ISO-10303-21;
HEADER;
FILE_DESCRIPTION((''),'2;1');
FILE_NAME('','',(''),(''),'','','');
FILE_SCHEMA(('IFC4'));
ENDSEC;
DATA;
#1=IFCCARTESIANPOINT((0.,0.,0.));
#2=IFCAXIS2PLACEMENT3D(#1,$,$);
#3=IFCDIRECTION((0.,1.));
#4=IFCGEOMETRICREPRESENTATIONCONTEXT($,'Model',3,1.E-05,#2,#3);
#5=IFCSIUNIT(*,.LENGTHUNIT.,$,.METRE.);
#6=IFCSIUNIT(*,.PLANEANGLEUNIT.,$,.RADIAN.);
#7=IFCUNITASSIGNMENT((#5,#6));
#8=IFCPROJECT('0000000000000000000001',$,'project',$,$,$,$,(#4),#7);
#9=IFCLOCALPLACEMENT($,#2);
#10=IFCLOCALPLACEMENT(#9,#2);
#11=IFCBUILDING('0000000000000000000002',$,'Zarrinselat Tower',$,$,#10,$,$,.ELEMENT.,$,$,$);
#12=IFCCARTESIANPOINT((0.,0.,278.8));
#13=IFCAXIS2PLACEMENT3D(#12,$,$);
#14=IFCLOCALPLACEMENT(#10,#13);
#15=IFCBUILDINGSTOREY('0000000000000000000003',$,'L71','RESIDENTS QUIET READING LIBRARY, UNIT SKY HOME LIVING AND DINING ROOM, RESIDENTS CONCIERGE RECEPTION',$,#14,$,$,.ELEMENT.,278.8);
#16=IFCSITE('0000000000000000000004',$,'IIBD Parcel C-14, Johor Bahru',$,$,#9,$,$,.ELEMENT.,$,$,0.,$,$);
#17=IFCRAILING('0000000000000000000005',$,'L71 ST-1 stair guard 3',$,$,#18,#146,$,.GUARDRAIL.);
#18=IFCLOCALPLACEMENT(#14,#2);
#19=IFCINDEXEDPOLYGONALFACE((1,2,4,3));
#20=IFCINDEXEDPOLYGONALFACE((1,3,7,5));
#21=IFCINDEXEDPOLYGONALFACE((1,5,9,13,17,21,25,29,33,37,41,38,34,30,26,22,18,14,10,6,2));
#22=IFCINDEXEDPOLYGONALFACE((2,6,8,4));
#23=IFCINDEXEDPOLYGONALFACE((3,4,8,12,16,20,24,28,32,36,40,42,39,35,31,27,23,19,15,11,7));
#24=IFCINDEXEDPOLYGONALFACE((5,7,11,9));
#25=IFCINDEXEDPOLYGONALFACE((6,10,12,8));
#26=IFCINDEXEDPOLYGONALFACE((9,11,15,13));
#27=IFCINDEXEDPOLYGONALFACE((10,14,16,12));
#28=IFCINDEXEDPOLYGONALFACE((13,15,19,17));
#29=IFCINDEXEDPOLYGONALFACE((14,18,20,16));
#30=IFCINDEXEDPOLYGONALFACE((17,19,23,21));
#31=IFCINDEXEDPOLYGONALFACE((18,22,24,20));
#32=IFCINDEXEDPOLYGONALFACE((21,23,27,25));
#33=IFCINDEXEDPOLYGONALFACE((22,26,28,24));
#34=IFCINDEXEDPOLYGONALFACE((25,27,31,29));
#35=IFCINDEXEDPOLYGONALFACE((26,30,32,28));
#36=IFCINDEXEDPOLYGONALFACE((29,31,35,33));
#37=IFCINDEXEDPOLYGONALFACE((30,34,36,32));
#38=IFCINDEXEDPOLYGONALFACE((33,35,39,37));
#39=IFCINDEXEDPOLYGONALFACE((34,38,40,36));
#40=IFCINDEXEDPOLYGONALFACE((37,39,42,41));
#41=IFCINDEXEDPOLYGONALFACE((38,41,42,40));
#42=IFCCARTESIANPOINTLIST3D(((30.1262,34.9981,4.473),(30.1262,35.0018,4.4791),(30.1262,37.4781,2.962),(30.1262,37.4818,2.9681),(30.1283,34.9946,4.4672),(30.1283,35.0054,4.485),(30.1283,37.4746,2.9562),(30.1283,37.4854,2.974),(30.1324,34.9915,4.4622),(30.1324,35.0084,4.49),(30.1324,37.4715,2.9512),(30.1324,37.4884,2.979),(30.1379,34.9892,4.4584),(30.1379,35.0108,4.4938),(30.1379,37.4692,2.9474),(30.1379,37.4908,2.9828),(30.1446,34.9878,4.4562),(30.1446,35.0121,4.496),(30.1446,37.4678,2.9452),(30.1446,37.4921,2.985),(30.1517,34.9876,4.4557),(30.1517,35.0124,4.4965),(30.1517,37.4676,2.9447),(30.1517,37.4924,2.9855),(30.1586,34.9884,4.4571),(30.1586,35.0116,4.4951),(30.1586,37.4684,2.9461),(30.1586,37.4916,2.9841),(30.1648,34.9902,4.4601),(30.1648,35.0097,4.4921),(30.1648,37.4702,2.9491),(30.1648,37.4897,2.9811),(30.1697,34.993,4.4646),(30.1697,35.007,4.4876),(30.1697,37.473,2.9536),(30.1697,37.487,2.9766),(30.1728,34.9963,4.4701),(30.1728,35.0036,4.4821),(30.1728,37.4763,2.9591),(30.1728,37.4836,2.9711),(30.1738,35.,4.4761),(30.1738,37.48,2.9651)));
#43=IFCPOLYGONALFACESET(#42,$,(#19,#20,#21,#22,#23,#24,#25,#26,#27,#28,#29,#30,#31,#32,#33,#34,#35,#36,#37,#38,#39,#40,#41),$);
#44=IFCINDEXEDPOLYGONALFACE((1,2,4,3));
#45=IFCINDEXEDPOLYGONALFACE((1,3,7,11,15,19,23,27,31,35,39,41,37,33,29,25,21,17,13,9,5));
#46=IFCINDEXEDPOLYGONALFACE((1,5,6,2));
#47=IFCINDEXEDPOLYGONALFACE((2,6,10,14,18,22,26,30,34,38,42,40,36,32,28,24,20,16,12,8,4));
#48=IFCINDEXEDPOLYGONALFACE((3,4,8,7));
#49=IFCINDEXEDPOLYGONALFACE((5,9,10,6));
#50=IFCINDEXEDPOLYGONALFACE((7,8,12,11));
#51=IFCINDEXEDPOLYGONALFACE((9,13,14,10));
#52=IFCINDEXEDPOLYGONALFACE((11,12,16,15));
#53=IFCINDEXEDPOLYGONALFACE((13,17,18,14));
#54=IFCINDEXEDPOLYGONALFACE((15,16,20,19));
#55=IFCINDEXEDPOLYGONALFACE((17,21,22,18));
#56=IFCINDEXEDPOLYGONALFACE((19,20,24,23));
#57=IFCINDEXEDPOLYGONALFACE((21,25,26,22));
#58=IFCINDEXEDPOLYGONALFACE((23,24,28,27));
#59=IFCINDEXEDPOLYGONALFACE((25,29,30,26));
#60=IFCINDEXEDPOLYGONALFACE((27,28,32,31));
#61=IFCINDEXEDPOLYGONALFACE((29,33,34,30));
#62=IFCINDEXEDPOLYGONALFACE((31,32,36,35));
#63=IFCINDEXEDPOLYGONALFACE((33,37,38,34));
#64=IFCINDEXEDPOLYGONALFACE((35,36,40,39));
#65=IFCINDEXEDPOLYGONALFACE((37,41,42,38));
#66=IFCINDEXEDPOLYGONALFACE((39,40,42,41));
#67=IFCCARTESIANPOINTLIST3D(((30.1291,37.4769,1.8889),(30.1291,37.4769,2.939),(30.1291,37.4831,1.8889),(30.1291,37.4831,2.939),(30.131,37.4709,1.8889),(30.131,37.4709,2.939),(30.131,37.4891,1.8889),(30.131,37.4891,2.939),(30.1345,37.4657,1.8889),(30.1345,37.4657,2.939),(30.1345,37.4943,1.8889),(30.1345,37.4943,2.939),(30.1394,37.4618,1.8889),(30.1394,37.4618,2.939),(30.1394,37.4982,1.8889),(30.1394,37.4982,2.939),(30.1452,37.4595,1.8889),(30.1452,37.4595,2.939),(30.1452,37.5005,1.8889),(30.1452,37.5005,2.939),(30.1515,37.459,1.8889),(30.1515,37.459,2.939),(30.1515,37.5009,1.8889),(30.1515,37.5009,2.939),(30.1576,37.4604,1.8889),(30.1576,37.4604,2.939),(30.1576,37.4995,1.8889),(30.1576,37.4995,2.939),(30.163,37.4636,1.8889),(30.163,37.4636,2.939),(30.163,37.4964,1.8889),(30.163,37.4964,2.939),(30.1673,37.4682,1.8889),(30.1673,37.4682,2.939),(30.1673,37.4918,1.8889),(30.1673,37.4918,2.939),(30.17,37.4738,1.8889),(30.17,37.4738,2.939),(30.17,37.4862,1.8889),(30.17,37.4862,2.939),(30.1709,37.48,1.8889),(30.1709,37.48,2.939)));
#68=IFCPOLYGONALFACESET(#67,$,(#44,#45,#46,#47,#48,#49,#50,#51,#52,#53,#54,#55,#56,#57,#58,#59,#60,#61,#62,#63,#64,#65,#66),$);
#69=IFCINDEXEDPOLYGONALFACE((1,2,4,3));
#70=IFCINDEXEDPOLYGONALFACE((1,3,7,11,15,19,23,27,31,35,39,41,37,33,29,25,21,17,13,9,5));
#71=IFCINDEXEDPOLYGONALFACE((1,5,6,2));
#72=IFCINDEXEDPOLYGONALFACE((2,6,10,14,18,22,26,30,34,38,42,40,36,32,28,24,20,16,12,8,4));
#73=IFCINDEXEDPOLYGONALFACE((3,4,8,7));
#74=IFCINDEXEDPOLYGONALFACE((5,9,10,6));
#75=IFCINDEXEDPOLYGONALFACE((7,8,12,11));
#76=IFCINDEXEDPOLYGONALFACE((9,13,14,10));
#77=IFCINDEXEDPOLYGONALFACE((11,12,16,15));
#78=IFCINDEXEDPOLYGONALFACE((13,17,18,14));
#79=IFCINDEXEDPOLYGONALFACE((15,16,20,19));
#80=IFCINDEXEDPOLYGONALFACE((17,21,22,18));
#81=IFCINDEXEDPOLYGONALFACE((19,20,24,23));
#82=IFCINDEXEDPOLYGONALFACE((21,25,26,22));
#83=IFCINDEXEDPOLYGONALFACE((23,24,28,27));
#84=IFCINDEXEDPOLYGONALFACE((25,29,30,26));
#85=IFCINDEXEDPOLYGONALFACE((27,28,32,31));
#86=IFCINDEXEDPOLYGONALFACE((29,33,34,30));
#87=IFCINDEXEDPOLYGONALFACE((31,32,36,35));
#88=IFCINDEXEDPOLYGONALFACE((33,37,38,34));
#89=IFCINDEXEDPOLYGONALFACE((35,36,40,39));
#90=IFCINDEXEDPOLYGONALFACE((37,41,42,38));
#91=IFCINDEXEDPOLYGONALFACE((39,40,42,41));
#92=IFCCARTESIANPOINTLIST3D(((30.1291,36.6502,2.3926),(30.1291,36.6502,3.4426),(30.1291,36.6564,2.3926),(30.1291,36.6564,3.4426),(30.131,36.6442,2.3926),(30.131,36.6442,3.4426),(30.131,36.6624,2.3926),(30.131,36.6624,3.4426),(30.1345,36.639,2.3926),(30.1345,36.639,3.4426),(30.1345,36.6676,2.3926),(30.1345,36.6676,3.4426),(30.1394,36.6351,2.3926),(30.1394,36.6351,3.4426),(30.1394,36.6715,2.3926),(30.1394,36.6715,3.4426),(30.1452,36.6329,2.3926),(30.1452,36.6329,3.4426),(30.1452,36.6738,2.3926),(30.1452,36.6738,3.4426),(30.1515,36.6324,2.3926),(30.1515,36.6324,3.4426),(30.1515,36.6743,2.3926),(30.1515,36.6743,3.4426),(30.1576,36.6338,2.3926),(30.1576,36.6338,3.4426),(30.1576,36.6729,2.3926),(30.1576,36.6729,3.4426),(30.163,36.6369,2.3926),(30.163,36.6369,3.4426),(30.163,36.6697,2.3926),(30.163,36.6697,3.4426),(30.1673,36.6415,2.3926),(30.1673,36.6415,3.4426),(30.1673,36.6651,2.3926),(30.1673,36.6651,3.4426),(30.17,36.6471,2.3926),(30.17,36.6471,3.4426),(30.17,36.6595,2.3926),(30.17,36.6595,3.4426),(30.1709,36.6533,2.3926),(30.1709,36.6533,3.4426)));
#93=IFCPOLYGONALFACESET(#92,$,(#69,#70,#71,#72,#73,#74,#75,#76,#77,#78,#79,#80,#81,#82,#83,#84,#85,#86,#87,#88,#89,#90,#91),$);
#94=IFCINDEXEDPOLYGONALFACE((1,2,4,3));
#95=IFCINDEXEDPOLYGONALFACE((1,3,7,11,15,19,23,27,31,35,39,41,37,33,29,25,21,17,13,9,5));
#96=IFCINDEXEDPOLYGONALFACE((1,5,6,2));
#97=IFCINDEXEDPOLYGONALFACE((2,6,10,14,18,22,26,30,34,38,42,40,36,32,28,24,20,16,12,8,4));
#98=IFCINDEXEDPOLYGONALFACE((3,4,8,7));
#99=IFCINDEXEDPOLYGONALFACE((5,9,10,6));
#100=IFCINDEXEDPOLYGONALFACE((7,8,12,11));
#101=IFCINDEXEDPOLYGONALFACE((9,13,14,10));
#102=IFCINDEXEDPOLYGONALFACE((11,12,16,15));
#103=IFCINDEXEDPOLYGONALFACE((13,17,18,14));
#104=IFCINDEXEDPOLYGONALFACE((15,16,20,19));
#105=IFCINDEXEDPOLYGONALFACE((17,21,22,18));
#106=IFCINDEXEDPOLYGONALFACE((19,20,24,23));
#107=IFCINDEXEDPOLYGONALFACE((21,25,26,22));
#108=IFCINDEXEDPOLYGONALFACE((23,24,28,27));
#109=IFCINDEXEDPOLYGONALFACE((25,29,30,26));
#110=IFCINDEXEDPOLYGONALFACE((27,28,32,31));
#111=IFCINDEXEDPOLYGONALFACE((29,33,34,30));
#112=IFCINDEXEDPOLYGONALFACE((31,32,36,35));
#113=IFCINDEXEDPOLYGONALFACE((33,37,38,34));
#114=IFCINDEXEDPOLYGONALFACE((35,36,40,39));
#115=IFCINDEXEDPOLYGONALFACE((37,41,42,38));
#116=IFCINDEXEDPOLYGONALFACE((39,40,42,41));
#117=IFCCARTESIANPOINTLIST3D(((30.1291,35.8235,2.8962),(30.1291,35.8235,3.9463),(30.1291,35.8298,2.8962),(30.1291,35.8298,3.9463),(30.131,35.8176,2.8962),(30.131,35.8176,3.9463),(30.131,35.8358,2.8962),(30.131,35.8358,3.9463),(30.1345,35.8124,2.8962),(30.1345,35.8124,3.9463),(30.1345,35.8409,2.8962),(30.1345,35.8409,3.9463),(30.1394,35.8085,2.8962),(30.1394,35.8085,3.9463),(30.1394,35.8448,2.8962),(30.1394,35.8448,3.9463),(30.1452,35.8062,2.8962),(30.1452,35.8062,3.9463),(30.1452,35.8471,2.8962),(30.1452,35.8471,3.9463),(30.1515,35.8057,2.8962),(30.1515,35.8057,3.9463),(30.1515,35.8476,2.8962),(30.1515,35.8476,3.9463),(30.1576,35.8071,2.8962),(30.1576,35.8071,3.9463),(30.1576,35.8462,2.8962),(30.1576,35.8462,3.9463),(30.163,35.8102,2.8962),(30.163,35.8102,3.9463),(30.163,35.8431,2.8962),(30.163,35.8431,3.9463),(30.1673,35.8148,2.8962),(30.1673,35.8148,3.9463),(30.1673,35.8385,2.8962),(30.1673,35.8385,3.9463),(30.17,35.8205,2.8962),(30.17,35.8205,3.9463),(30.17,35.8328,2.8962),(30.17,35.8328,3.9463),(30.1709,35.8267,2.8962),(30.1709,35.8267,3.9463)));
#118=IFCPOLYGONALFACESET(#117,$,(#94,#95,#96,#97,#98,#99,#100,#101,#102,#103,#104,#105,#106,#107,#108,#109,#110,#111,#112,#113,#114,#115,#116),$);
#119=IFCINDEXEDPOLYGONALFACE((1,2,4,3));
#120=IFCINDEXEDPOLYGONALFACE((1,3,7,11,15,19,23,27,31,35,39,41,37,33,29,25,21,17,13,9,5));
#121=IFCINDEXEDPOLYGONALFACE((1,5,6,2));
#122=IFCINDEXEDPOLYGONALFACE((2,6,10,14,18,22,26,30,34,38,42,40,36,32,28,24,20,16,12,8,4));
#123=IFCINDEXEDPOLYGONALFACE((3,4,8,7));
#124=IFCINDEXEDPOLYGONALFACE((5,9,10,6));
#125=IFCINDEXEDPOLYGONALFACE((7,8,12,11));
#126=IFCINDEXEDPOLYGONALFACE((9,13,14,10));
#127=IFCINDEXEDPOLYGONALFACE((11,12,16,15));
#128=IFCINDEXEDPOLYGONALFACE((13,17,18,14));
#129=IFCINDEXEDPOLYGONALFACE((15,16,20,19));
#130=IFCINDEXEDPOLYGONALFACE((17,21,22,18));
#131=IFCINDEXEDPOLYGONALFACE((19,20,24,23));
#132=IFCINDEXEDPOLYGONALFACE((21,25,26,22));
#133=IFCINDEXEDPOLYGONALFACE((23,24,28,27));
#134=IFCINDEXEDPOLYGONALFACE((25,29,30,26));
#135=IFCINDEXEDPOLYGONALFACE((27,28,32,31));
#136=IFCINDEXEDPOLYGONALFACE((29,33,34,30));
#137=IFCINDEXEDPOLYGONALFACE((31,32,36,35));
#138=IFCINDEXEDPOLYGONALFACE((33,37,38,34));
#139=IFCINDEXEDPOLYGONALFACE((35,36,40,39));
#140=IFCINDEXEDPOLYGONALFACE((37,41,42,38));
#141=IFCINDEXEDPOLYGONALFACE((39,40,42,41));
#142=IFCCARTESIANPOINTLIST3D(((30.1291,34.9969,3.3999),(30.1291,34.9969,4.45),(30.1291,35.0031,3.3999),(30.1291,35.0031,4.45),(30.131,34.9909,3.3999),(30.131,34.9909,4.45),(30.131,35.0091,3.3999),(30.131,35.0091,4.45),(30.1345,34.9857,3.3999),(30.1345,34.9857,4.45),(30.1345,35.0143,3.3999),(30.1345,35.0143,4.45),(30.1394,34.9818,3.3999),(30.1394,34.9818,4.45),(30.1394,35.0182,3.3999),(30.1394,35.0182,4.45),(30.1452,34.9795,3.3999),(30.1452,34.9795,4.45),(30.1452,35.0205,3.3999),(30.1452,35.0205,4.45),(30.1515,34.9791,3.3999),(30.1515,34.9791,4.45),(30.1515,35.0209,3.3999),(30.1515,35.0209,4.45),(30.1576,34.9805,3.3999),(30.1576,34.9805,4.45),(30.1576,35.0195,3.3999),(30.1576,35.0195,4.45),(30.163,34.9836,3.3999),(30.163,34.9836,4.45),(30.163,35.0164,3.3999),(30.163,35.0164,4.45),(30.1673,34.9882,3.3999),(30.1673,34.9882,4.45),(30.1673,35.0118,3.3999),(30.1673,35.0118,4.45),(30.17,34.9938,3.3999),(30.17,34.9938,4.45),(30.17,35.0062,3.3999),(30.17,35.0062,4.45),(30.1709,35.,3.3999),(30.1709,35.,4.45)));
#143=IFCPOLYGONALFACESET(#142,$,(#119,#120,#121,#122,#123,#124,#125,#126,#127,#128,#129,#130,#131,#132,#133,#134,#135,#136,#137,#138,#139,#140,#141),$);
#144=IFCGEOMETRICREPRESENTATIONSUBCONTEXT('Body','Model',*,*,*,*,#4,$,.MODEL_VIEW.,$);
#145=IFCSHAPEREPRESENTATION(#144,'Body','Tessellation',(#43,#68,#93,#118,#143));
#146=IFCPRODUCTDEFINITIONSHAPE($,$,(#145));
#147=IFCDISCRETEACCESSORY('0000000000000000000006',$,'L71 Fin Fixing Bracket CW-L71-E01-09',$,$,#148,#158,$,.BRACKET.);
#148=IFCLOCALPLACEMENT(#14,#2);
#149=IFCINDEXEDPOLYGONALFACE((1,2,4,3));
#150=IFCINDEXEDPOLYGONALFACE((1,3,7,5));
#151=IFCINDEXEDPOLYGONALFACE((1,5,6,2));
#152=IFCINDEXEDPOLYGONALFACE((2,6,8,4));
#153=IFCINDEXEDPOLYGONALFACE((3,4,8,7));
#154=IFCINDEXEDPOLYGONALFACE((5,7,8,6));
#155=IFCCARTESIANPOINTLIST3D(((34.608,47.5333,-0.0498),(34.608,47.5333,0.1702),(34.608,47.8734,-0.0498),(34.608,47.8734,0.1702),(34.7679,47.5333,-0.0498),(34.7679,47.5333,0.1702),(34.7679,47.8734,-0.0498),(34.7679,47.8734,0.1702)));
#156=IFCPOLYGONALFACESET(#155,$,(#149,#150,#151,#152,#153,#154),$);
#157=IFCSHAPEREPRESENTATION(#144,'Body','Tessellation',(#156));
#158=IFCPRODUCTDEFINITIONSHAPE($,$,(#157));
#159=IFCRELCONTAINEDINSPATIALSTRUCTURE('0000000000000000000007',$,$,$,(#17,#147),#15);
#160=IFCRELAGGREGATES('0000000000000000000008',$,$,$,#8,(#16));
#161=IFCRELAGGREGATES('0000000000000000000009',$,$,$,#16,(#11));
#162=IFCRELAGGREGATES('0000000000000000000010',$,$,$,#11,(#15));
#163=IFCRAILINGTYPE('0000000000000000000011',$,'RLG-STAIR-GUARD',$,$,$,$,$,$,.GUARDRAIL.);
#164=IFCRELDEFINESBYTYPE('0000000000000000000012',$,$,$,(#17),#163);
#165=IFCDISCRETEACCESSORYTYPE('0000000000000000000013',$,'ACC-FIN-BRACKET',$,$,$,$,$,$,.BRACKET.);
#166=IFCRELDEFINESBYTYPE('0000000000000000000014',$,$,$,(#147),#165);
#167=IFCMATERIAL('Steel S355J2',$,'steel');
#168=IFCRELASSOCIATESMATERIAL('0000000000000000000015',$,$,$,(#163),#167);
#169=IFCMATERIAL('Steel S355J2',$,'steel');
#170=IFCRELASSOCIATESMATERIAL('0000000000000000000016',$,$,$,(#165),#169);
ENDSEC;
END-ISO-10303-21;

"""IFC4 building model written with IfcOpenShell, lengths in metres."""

from ifc_helpers import new_model, si_unit, direction, frame, origin, origin_2d, place, context, subcontext, project, spatial, rectangle, circle, extrude, material, type_object, element, save


model = new_model("IFC4")

# Units and contexts
model_context = context("Model", 3, precision=1e-05, world=origin(), true_north=direction((0.0, 1.0)))
body_context = subcontext(model_context, "Body", "Model", "MODEL_VIEW")
ifc_project = project(units=[si_unit("LENGTHUNIT", "METRE"), si_unit("PLANEANGLEUNIT", "RADIAN")], contexts=[model_context])

# Site, building, storey
site_placement = place(None, origin())
site = spatial("IfcSite", under=ifc_project, at=site_placement, Name="IIBD Parcel C-14, Johor Bahru", CompositionType="ELEMENT", RefElevation=0.0)
building_placement = place(site_placement, origin())
building = spatial("IfcBuilding", under=site, at=building_placement, Name="Zarrinselat Tower", CompositionType="ELEMENT")
storey_placement = place(building_placement, frame((0.0, 0.0, 278.8)))
storey = spatial("IfcBuildingStorey", under=building, at=storey_placement, Name="L71", Description="RESIDENTS QUIET READING LIBRARY, UNIT SKY HOME LIVING AND DINING ROOM, RESIDENTS CONCIERGE RECEPTION", CompositionType="ELEMENT", Elevation=278.8)

# Railing
ifc_material_1 = material(Name="Steel S355J2", Category="steel")
railing_type = type_object("IfcRailingType", Name="RLG-STAIR-GUARD", PredefinedType="GUARDRAIL", material=ifc_material_1)
railing_1_placement = place(storey_placement, frame((30.1499, 37.48, 1.8889)))
element("IfcRailing", 1, at=railing_1_placement, inside=storey, type_object=railing_type, Name="L71 ST-1 stair guard 3", PredefinedType="GUARDRAIL", context=body_context, shape_type="SweptSolid", body=[
    extrude(circle(Radius=0.0239, at=origin_2d()), frame((0.0, 0.0, 1.0762), z_axis=(0.0, -0.853979, 0.520307), x_axis=(1.0, 0.0, 0.0)), (0.0, 0.0, 1.0), 2.9041),
    extrude(circle(Radius=0.021, at=origin_2d()), origin(), (0.0, 0.0, 1.0), 1.05),
    extrude(circle(Radius=0.021, at=origin_2d()), frame((0.0, -0.8267, 0.5037)), (0.0, 0.0, 1.0), 1.05),
    extrude(circle(Radius=0.021, at=origin_2d()), frame((0.0, -1.6533, 1.0073)), (0.0, 0.0, 1.0), 1.05),
    extrude(circle(Radius=0.021, at=origin_2d()), frame((0.0, -2.48, 1.511)), (0.0, 0.0, 1.0), 1.05),
])

# Discrete accessory
ifc_material_2 = material(Name="Steel S355J2", Category="steel")
discrete_accessory_type = type_object("IfcDiscreteAccessoryType", Name="ACC-FIN-BRACKET", PredefinedType="BRACKET", material=ifc_material_2)
discrete_accessory_placement = place(storey_placement, frame((34.688, 47.7034, -0.0498), z_axis=(0.0, 0.0, 1.0), x_axis=(0.0, 1.0, 0.0)))
element("IfcDiscreteAccessory", 2, at=discrete_accessory_placement, inside=storey, type_object=discrete_accessory_type, Name="L71 Fin Fixing Bracket CW-L71-E01-09", PredefinedType="BRACKET", context=body_context, shape_type="SweptSolid", body=[
    extrude(rectangle(XDim=0.3401, YDim=0.1599, at=origin_2d()), origin(), (0.0, 0.0, 1.0), 0.22),
])

save(model, "model.ifc")
